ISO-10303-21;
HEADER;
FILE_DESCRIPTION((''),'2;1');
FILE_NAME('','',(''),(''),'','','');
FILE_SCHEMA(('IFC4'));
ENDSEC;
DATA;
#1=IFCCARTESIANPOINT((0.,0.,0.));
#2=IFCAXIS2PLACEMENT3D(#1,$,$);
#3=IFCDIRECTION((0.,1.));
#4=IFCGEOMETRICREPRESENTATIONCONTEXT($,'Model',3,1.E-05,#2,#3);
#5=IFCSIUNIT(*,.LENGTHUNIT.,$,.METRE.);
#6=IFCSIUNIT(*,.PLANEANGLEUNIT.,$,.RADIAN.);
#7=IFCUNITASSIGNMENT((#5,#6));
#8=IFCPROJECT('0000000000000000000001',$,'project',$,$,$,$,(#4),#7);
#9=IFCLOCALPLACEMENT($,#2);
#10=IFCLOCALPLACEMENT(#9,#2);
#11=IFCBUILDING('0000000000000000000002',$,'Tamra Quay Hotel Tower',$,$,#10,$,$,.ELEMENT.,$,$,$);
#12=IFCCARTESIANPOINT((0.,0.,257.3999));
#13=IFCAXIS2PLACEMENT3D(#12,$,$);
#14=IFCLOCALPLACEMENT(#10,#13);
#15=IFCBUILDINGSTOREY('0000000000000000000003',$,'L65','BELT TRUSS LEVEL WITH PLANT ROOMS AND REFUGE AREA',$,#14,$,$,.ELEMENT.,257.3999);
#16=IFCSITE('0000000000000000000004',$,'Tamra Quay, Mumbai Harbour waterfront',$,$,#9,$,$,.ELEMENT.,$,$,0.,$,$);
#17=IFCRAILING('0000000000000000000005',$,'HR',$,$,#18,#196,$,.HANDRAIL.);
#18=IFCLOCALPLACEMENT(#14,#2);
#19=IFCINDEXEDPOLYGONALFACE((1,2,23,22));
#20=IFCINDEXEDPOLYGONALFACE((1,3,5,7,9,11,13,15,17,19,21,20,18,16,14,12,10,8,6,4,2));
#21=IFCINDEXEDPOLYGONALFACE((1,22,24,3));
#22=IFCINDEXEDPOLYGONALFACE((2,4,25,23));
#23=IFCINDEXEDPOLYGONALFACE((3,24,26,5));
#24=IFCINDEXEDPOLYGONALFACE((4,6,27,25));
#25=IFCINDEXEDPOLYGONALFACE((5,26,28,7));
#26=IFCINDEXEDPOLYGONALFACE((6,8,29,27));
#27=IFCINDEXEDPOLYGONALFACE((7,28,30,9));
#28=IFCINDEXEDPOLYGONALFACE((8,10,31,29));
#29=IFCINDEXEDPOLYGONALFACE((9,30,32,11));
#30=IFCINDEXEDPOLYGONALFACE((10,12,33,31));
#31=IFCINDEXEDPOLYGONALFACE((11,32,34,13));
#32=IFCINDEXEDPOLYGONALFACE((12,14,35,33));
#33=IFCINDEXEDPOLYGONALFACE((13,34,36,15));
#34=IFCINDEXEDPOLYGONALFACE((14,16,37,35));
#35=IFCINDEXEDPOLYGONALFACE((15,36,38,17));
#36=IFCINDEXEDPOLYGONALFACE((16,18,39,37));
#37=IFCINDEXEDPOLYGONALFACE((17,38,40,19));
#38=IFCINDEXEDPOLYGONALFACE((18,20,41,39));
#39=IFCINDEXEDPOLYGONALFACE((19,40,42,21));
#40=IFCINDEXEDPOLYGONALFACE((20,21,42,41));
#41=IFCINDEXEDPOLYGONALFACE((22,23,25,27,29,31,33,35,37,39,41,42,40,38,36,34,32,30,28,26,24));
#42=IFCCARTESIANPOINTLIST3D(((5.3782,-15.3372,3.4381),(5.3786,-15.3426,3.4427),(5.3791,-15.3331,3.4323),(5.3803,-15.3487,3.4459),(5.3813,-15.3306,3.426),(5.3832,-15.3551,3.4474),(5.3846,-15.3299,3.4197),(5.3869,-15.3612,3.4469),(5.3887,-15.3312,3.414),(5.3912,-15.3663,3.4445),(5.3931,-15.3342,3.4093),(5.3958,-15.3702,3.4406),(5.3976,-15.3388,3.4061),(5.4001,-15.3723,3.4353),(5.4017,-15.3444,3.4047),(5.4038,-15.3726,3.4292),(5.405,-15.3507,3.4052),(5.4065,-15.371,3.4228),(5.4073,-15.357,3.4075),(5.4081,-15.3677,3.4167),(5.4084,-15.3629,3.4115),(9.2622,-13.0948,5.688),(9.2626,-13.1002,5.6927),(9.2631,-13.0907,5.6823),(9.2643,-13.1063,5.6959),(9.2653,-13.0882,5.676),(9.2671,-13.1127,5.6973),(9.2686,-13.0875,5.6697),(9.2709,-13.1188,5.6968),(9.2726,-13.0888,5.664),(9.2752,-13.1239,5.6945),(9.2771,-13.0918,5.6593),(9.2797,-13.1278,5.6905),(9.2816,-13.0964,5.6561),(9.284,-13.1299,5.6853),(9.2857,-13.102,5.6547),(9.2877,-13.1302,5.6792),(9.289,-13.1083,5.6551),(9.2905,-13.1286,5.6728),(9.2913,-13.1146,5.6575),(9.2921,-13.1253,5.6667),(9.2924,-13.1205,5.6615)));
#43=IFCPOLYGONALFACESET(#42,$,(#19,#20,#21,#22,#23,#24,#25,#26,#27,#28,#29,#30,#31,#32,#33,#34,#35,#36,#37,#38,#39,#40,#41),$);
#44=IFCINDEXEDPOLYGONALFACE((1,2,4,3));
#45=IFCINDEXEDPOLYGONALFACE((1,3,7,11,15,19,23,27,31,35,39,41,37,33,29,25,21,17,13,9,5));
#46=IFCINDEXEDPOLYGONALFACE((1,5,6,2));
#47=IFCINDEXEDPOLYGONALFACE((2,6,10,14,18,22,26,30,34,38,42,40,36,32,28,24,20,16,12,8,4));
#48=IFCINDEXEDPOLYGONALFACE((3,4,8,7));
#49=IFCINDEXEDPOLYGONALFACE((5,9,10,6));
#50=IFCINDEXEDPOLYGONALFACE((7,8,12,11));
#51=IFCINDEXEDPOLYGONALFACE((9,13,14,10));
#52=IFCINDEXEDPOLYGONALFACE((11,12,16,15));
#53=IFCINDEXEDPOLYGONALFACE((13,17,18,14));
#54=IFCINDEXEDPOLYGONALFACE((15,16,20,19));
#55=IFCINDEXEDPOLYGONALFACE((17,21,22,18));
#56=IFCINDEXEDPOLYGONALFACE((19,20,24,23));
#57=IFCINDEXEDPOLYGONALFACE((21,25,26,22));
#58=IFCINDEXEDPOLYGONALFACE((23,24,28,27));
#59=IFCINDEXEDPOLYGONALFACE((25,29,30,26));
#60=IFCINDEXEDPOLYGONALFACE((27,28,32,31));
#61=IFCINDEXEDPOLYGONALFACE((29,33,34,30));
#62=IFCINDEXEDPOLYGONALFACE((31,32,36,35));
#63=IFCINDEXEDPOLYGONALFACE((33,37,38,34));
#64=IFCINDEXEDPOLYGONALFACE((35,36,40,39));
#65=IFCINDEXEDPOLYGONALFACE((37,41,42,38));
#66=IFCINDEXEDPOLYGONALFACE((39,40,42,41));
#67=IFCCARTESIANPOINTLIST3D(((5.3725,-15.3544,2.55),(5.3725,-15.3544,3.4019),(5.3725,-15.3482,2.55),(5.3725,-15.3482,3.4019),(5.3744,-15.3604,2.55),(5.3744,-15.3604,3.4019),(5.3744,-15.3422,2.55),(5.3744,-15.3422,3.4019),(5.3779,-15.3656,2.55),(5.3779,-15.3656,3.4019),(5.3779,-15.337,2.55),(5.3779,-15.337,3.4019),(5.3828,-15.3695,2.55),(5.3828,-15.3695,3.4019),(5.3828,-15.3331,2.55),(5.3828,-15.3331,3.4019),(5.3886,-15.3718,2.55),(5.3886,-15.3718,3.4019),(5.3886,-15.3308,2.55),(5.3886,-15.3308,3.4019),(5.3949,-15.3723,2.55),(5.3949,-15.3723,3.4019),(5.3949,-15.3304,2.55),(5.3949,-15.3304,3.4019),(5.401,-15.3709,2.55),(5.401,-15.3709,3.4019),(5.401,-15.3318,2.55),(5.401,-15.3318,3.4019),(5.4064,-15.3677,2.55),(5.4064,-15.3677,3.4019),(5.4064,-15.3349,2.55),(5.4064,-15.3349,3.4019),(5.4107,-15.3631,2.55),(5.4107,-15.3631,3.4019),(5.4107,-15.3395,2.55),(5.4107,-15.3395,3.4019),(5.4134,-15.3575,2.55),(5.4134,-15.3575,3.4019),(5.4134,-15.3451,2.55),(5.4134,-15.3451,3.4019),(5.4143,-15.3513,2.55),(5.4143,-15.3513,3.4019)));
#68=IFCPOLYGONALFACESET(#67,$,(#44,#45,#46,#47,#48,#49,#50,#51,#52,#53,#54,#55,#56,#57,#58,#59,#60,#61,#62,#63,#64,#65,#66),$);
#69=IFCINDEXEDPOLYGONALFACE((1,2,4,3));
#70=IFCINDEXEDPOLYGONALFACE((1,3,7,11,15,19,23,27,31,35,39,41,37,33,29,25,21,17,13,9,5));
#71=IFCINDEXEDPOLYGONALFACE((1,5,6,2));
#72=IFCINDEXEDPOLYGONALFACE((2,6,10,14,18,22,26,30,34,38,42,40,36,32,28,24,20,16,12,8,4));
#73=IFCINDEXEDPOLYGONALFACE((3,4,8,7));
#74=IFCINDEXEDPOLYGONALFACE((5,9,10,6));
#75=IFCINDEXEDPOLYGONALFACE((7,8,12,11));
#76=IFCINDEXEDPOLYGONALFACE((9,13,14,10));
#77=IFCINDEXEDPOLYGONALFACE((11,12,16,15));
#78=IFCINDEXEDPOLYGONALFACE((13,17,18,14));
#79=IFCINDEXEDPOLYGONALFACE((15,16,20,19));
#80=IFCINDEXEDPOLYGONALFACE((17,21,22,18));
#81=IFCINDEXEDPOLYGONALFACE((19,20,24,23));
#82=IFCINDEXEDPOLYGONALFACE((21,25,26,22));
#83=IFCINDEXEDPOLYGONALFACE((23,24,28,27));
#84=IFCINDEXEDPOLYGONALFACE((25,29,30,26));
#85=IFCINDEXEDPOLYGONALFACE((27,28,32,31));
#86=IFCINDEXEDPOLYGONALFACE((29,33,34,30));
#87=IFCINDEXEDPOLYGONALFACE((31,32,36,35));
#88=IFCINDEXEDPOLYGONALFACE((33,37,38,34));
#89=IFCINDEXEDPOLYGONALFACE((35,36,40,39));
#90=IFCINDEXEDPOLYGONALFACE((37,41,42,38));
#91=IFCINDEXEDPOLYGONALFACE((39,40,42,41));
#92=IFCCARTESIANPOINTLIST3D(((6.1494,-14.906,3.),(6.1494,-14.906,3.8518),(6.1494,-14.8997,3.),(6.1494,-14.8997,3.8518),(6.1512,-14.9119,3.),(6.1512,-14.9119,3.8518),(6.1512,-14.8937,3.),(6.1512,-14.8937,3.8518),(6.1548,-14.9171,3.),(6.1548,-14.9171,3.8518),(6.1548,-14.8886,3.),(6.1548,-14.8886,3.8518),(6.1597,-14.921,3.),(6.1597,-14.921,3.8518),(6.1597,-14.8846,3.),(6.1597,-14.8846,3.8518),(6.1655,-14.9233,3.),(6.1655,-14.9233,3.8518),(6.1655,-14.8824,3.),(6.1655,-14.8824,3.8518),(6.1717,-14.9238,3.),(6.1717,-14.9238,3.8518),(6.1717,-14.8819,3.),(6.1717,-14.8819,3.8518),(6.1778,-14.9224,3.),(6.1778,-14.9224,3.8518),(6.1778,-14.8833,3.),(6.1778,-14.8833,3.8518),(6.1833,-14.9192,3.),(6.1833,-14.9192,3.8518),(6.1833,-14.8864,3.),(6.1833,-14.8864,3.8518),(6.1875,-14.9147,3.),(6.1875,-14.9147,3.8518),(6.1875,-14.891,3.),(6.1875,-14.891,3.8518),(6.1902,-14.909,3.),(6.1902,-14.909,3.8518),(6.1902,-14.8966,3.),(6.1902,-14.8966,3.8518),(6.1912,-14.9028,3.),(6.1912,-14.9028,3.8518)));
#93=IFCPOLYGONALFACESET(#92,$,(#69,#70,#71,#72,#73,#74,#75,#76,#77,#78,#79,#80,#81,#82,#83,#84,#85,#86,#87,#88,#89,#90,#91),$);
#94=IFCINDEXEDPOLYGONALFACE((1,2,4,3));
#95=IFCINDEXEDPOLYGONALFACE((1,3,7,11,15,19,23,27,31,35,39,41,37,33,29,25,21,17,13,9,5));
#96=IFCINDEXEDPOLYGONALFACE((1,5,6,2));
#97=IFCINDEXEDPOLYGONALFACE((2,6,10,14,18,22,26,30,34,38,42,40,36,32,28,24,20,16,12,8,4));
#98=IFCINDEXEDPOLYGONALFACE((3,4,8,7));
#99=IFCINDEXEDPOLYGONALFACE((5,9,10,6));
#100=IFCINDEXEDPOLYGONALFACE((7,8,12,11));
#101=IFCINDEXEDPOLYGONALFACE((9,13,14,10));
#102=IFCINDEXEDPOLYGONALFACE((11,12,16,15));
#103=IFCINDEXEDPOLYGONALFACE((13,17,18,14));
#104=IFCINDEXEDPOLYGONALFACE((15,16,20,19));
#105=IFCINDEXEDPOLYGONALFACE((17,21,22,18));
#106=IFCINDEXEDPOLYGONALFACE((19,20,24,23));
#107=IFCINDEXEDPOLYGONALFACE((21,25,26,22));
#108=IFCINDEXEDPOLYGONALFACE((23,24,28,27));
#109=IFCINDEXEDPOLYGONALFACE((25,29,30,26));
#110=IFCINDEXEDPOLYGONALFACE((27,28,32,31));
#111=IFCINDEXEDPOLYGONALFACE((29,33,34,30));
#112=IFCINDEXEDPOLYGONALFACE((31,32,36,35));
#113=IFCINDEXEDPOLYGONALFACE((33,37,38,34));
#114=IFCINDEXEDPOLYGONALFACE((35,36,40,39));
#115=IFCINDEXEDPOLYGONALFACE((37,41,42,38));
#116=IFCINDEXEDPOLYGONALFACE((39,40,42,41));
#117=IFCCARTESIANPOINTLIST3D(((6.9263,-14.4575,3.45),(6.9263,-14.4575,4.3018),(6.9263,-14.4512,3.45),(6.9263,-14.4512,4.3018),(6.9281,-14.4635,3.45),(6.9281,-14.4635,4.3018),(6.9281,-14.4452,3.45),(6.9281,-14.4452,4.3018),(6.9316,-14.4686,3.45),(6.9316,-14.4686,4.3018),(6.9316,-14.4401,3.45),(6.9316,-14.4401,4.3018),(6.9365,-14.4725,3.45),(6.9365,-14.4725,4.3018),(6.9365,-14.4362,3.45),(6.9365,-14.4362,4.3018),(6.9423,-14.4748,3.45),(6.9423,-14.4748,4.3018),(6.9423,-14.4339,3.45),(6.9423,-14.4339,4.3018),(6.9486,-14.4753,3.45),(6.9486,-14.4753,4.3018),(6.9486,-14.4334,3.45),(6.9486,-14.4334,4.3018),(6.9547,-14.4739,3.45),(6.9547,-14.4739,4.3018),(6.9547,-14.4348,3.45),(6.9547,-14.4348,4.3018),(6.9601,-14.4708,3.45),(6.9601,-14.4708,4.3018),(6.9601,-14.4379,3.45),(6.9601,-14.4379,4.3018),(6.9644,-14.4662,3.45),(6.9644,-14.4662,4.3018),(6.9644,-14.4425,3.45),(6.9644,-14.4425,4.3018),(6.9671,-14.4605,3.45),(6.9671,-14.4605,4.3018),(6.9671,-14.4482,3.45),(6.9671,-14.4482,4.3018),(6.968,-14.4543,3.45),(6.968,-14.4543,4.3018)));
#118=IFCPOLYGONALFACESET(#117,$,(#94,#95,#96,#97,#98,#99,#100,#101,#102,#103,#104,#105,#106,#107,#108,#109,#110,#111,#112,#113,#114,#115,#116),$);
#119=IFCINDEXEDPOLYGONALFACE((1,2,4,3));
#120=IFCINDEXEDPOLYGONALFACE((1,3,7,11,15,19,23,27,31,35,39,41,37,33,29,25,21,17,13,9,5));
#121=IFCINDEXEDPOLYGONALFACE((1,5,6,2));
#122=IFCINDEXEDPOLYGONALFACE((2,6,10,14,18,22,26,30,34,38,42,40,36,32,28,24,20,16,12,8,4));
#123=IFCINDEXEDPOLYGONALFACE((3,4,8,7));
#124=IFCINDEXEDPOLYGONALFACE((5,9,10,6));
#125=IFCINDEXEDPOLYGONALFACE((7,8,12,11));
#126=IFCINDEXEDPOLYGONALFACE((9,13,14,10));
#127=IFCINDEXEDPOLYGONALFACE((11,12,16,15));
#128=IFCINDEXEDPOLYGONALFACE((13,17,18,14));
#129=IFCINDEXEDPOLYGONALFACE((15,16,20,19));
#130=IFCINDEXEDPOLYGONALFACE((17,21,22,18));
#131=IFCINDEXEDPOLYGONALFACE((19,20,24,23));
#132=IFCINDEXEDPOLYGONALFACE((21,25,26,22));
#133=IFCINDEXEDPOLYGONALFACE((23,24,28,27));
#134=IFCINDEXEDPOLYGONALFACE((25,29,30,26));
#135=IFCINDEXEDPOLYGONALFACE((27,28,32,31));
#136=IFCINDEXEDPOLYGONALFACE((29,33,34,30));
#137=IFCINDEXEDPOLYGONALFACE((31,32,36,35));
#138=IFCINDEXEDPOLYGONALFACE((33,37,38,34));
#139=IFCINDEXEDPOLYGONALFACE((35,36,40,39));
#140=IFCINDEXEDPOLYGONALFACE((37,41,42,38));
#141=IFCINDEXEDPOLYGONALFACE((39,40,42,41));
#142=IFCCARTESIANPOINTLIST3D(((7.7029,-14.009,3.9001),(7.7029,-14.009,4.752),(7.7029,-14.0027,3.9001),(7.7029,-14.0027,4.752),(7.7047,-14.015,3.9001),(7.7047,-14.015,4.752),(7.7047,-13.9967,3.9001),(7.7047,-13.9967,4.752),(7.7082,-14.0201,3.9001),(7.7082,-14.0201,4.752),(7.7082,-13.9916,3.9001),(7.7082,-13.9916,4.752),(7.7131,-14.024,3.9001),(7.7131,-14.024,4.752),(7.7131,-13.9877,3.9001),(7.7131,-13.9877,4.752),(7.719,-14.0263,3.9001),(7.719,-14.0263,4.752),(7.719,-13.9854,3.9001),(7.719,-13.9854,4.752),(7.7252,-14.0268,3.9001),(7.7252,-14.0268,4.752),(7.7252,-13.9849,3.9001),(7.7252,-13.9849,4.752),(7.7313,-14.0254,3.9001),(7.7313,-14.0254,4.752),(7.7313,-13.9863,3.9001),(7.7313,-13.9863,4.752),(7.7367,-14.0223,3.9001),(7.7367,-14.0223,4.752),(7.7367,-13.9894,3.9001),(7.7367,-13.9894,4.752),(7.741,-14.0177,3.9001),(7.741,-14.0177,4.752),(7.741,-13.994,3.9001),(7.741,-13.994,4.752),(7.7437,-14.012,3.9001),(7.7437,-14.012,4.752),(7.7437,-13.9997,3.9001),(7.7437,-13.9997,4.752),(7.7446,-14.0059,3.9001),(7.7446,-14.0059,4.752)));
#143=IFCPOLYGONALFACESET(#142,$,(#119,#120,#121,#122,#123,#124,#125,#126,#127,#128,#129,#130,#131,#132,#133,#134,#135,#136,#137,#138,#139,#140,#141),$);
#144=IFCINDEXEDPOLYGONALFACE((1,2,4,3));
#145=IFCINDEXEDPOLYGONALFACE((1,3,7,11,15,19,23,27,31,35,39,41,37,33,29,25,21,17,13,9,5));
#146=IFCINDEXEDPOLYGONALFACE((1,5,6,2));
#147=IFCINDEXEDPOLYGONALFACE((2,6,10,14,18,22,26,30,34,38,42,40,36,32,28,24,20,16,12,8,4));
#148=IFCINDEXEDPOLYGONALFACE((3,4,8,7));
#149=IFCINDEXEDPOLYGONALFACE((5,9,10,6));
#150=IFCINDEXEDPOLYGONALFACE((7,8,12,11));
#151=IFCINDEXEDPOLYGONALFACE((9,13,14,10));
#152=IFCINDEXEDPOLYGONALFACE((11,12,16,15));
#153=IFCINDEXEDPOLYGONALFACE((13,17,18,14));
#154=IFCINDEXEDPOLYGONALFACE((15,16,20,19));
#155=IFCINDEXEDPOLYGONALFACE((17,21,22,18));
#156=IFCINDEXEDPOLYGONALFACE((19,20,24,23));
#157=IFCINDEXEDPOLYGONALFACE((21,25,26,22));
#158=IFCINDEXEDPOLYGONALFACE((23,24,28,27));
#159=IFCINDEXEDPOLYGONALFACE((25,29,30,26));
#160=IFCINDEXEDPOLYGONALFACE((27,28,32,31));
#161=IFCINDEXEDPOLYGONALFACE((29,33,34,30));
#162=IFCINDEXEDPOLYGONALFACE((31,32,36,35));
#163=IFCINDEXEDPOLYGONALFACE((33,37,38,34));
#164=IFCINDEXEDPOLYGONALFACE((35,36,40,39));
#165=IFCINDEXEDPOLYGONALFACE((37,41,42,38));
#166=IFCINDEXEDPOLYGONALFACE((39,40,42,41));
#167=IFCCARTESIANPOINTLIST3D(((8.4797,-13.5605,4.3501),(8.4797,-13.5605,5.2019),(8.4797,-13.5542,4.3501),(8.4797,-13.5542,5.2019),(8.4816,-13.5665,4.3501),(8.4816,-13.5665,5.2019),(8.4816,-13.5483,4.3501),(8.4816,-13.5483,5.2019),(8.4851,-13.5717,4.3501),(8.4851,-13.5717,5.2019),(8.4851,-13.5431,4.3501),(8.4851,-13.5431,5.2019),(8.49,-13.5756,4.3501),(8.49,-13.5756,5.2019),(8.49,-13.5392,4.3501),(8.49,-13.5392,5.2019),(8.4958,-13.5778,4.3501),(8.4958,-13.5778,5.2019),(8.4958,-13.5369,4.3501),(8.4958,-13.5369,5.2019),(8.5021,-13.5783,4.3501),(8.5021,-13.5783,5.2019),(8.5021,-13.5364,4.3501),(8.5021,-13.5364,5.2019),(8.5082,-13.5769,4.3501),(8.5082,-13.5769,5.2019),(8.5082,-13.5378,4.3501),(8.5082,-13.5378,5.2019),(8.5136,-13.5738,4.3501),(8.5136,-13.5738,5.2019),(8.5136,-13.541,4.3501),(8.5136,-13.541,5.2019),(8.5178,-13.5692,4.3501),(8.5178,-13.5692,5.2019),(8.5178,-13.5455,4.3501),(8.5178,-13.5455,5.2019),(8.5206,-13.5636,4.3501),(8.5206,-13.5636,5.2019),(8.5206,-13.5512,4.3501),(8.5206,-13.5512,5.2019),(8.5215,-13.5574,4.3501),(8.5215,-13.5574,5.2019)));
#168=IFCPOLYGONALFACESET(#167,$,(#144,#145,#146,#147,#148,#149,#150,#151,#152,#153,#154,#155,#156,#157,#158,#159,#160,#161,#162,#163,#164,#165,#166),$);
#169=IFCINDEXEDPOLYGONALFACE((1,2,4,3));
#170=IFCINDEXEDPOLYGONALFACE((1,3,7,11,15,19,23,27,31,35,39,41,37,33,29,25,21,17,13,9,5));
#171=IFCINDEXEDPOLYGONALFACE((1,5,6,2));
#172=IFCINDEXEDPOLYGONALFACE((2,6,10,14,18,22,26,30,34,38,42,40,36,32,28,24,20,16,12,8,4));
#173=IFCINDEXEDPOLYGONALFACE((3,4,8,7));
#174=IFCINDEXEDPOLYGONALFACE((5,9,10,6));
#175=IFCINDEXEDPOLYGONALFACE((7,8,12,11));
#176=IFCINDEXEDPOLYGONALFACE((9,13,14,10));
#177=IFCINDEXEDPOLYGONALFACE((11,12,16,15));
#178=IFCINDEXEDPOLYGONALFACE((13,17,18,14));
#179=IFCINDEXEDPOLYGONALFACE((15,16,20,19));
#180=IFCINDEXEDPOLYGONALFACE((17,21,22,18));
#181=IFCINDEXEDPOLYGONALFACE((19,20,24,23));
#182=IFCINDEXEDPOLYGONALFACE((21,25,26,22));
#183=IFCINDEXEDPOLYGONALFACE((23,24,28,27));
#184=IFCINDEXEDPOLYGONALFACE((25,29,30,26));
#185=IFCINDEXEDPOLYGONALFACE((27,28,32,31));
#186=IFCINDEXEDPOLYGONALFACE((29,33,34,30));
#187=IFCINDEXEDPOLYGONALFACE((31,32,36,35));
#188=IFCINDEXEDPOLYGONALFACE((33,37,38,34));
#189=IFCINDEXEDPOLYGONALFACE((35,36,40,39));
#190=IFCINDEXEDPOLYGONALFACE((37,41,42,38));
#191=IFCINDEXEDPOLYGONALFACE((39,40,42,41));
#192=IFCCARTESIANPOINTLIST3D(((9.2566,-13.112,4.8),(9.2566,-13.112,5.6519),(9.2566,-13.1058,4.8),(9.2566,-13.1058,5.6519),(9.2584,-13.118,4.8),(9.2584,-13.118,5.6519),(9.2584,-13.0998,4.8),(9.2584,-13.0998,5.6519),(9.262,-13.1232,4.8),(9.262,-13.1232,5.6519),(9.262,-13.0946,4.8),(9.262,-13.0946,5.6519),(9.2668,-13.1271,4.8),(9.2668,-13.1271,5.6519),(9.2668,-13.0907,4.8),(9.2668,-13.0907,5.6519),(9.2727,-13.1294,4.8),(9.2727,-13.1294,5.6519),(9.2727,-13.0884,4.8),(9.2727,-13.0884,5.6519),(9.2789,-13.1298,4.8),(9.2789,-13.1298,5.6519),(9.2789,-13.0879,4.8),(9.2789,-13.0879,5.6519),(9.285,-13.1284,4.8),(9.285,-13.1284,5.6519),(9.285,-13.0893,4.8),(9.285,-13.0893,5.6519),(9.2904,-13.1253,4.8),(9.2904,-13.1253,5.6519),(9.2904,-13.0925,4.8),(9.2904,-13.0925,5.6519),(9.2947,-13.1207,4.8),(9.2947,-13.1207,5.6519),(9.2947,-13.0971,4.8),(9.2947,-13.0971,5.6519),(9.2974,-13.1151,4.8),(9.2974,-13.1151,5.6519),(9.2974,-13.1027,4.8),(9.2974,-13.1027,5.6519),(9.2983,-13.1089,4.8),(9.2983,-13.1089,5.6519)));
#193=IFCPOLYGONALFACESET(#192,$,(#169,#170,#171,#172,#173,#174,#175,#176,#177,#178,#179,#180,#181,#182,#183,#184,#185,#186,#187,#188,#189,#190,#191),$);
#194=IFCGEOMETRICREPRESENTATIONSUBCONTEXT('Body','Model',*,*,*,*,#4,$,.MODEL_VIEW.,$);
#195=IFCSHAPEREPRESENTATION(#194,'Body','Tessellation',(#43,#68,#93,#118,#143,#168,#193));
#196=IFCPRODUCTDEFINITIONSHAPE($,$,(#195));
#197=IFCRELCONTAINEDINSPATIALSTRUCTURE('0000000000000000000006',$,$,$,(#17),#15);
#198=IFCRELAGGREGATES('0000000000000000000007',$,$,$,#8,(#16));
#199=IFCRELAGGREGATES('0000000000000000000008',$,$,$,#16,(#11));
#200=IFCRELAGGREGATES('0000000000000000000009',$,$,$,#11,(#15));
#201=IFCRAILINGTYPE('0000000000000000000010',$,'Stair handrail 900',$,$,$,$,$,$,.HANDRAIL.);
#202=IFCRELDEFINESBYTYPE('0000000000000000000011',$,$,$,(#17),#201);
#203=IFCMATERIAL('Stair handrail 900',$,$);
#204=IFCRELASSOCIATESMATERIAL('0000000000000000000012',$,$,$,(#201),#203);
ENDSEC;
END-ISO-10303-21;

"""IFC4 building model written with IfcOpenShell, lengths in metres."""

from ifc_helpers import new_model, si_unit, direction, frame, origin, origin_2d, place, context, subcontext, project, spatial, circle, extrude, material, type_object, element, save


model = new_model("IFC4")

# Units and contexts
model_context = context("Model", 3, precision=1e-05, world=origin(), true_north=direction((0.0, 1.0)))
body_context = subcontext(model_context, "Body", "Model", "MODEL_VIEW")
ifc_project = project(units=[si_unit("LENGTHUNIT", "METRE"), si_unit("PLANEANGLEUNIT", "RADIAN")], contexts=[model_context])

# Site, building, storey
site_placement = place(None, origin())
site = spatial("IfcSite", under=ifc_project, at=site_placement, Name="Tamra Quay, Mumbai Harbour waterfront", CompositionType="ELEMENT", RefElevation=0.0)
building_placement = place(site_placement, origin())
building = spatial("IfcBuilding", under=site, at=building_placement, Name="Tamra Quay Hotel Tower", CompositionType="ELEMENT")
storey_placement = place(building_placement, frame((0.0, 0.0, 257.3999)))
storey = spatial("IfcBuildingStorey", under=building, at=storey_placement, Name="L65", Description="BELT TRUSS LEVEL WITH PLANT ROOMS AND REFUGE AREA", CompositionType="ELEMENT", Elevation=257.3999)

# Railing
ifc_material_1 = material(Name="Stair handrail 900")
railing_type = type_object("IfcRailingType", Name="Stair handrail 900", PredefinedType="HANDRAIL", material=ifc_material_1)
railing_placement = place(storey_placement, frame((5.3933, -15.3513, 2.55)))
element("IfcRailing", 1, at=railing_placement, inside=storey, type_object=railing_type, Name="HR", PredefinedType="HANDRAIL", context=body_context, shape_type="SweptSolid", body=[
    extrude(circle(Radius=0.0239, at=origin_2d()), frame((0.0, 0.0, 0.876), z_axis=(0.774076, 0.44691, 0.448418), x_axis=(-0.499997, 0.866027, 0.0)), (0.0, 0.0, 1.0), 5.0176),
    extrude(circle(Radius=0.021, at=origin_2d()), origin(), (0.0, 0.0, 1.0), 0.8518),
    extrude(circle(Radius=0.021, at=origin_2d()), frame((0.7769, 0.4485, 0.45)), (0.0, 0.0, 1.0), 0.8518),
    extrude(circle(Radius=0.021, at=origin_2d()), frame((1.5537, 0.897, 0.8999)), (0.0, 0.0, 1.0), 0.8518),
    extrude(circle(Radius=0.021, at=origin_2d()), frame((2.3303, 1.3455, 1.3501)), (0.0, 0.0, 1.0), 0.8518),
    extrude(circle(Radius=0.021, at=origin_2d()), frame((3.1072, 1.7939, 1.8)), (0.0, 0.0, 1.0), 0.8518),
    extrude(circle(Radius=0.021, at=origin_2d()), frame((3.884, 2.2424, 2.25)), (0.0, 0.0, 1.0), 0.8518),
])

save(model, "model.ifc")
